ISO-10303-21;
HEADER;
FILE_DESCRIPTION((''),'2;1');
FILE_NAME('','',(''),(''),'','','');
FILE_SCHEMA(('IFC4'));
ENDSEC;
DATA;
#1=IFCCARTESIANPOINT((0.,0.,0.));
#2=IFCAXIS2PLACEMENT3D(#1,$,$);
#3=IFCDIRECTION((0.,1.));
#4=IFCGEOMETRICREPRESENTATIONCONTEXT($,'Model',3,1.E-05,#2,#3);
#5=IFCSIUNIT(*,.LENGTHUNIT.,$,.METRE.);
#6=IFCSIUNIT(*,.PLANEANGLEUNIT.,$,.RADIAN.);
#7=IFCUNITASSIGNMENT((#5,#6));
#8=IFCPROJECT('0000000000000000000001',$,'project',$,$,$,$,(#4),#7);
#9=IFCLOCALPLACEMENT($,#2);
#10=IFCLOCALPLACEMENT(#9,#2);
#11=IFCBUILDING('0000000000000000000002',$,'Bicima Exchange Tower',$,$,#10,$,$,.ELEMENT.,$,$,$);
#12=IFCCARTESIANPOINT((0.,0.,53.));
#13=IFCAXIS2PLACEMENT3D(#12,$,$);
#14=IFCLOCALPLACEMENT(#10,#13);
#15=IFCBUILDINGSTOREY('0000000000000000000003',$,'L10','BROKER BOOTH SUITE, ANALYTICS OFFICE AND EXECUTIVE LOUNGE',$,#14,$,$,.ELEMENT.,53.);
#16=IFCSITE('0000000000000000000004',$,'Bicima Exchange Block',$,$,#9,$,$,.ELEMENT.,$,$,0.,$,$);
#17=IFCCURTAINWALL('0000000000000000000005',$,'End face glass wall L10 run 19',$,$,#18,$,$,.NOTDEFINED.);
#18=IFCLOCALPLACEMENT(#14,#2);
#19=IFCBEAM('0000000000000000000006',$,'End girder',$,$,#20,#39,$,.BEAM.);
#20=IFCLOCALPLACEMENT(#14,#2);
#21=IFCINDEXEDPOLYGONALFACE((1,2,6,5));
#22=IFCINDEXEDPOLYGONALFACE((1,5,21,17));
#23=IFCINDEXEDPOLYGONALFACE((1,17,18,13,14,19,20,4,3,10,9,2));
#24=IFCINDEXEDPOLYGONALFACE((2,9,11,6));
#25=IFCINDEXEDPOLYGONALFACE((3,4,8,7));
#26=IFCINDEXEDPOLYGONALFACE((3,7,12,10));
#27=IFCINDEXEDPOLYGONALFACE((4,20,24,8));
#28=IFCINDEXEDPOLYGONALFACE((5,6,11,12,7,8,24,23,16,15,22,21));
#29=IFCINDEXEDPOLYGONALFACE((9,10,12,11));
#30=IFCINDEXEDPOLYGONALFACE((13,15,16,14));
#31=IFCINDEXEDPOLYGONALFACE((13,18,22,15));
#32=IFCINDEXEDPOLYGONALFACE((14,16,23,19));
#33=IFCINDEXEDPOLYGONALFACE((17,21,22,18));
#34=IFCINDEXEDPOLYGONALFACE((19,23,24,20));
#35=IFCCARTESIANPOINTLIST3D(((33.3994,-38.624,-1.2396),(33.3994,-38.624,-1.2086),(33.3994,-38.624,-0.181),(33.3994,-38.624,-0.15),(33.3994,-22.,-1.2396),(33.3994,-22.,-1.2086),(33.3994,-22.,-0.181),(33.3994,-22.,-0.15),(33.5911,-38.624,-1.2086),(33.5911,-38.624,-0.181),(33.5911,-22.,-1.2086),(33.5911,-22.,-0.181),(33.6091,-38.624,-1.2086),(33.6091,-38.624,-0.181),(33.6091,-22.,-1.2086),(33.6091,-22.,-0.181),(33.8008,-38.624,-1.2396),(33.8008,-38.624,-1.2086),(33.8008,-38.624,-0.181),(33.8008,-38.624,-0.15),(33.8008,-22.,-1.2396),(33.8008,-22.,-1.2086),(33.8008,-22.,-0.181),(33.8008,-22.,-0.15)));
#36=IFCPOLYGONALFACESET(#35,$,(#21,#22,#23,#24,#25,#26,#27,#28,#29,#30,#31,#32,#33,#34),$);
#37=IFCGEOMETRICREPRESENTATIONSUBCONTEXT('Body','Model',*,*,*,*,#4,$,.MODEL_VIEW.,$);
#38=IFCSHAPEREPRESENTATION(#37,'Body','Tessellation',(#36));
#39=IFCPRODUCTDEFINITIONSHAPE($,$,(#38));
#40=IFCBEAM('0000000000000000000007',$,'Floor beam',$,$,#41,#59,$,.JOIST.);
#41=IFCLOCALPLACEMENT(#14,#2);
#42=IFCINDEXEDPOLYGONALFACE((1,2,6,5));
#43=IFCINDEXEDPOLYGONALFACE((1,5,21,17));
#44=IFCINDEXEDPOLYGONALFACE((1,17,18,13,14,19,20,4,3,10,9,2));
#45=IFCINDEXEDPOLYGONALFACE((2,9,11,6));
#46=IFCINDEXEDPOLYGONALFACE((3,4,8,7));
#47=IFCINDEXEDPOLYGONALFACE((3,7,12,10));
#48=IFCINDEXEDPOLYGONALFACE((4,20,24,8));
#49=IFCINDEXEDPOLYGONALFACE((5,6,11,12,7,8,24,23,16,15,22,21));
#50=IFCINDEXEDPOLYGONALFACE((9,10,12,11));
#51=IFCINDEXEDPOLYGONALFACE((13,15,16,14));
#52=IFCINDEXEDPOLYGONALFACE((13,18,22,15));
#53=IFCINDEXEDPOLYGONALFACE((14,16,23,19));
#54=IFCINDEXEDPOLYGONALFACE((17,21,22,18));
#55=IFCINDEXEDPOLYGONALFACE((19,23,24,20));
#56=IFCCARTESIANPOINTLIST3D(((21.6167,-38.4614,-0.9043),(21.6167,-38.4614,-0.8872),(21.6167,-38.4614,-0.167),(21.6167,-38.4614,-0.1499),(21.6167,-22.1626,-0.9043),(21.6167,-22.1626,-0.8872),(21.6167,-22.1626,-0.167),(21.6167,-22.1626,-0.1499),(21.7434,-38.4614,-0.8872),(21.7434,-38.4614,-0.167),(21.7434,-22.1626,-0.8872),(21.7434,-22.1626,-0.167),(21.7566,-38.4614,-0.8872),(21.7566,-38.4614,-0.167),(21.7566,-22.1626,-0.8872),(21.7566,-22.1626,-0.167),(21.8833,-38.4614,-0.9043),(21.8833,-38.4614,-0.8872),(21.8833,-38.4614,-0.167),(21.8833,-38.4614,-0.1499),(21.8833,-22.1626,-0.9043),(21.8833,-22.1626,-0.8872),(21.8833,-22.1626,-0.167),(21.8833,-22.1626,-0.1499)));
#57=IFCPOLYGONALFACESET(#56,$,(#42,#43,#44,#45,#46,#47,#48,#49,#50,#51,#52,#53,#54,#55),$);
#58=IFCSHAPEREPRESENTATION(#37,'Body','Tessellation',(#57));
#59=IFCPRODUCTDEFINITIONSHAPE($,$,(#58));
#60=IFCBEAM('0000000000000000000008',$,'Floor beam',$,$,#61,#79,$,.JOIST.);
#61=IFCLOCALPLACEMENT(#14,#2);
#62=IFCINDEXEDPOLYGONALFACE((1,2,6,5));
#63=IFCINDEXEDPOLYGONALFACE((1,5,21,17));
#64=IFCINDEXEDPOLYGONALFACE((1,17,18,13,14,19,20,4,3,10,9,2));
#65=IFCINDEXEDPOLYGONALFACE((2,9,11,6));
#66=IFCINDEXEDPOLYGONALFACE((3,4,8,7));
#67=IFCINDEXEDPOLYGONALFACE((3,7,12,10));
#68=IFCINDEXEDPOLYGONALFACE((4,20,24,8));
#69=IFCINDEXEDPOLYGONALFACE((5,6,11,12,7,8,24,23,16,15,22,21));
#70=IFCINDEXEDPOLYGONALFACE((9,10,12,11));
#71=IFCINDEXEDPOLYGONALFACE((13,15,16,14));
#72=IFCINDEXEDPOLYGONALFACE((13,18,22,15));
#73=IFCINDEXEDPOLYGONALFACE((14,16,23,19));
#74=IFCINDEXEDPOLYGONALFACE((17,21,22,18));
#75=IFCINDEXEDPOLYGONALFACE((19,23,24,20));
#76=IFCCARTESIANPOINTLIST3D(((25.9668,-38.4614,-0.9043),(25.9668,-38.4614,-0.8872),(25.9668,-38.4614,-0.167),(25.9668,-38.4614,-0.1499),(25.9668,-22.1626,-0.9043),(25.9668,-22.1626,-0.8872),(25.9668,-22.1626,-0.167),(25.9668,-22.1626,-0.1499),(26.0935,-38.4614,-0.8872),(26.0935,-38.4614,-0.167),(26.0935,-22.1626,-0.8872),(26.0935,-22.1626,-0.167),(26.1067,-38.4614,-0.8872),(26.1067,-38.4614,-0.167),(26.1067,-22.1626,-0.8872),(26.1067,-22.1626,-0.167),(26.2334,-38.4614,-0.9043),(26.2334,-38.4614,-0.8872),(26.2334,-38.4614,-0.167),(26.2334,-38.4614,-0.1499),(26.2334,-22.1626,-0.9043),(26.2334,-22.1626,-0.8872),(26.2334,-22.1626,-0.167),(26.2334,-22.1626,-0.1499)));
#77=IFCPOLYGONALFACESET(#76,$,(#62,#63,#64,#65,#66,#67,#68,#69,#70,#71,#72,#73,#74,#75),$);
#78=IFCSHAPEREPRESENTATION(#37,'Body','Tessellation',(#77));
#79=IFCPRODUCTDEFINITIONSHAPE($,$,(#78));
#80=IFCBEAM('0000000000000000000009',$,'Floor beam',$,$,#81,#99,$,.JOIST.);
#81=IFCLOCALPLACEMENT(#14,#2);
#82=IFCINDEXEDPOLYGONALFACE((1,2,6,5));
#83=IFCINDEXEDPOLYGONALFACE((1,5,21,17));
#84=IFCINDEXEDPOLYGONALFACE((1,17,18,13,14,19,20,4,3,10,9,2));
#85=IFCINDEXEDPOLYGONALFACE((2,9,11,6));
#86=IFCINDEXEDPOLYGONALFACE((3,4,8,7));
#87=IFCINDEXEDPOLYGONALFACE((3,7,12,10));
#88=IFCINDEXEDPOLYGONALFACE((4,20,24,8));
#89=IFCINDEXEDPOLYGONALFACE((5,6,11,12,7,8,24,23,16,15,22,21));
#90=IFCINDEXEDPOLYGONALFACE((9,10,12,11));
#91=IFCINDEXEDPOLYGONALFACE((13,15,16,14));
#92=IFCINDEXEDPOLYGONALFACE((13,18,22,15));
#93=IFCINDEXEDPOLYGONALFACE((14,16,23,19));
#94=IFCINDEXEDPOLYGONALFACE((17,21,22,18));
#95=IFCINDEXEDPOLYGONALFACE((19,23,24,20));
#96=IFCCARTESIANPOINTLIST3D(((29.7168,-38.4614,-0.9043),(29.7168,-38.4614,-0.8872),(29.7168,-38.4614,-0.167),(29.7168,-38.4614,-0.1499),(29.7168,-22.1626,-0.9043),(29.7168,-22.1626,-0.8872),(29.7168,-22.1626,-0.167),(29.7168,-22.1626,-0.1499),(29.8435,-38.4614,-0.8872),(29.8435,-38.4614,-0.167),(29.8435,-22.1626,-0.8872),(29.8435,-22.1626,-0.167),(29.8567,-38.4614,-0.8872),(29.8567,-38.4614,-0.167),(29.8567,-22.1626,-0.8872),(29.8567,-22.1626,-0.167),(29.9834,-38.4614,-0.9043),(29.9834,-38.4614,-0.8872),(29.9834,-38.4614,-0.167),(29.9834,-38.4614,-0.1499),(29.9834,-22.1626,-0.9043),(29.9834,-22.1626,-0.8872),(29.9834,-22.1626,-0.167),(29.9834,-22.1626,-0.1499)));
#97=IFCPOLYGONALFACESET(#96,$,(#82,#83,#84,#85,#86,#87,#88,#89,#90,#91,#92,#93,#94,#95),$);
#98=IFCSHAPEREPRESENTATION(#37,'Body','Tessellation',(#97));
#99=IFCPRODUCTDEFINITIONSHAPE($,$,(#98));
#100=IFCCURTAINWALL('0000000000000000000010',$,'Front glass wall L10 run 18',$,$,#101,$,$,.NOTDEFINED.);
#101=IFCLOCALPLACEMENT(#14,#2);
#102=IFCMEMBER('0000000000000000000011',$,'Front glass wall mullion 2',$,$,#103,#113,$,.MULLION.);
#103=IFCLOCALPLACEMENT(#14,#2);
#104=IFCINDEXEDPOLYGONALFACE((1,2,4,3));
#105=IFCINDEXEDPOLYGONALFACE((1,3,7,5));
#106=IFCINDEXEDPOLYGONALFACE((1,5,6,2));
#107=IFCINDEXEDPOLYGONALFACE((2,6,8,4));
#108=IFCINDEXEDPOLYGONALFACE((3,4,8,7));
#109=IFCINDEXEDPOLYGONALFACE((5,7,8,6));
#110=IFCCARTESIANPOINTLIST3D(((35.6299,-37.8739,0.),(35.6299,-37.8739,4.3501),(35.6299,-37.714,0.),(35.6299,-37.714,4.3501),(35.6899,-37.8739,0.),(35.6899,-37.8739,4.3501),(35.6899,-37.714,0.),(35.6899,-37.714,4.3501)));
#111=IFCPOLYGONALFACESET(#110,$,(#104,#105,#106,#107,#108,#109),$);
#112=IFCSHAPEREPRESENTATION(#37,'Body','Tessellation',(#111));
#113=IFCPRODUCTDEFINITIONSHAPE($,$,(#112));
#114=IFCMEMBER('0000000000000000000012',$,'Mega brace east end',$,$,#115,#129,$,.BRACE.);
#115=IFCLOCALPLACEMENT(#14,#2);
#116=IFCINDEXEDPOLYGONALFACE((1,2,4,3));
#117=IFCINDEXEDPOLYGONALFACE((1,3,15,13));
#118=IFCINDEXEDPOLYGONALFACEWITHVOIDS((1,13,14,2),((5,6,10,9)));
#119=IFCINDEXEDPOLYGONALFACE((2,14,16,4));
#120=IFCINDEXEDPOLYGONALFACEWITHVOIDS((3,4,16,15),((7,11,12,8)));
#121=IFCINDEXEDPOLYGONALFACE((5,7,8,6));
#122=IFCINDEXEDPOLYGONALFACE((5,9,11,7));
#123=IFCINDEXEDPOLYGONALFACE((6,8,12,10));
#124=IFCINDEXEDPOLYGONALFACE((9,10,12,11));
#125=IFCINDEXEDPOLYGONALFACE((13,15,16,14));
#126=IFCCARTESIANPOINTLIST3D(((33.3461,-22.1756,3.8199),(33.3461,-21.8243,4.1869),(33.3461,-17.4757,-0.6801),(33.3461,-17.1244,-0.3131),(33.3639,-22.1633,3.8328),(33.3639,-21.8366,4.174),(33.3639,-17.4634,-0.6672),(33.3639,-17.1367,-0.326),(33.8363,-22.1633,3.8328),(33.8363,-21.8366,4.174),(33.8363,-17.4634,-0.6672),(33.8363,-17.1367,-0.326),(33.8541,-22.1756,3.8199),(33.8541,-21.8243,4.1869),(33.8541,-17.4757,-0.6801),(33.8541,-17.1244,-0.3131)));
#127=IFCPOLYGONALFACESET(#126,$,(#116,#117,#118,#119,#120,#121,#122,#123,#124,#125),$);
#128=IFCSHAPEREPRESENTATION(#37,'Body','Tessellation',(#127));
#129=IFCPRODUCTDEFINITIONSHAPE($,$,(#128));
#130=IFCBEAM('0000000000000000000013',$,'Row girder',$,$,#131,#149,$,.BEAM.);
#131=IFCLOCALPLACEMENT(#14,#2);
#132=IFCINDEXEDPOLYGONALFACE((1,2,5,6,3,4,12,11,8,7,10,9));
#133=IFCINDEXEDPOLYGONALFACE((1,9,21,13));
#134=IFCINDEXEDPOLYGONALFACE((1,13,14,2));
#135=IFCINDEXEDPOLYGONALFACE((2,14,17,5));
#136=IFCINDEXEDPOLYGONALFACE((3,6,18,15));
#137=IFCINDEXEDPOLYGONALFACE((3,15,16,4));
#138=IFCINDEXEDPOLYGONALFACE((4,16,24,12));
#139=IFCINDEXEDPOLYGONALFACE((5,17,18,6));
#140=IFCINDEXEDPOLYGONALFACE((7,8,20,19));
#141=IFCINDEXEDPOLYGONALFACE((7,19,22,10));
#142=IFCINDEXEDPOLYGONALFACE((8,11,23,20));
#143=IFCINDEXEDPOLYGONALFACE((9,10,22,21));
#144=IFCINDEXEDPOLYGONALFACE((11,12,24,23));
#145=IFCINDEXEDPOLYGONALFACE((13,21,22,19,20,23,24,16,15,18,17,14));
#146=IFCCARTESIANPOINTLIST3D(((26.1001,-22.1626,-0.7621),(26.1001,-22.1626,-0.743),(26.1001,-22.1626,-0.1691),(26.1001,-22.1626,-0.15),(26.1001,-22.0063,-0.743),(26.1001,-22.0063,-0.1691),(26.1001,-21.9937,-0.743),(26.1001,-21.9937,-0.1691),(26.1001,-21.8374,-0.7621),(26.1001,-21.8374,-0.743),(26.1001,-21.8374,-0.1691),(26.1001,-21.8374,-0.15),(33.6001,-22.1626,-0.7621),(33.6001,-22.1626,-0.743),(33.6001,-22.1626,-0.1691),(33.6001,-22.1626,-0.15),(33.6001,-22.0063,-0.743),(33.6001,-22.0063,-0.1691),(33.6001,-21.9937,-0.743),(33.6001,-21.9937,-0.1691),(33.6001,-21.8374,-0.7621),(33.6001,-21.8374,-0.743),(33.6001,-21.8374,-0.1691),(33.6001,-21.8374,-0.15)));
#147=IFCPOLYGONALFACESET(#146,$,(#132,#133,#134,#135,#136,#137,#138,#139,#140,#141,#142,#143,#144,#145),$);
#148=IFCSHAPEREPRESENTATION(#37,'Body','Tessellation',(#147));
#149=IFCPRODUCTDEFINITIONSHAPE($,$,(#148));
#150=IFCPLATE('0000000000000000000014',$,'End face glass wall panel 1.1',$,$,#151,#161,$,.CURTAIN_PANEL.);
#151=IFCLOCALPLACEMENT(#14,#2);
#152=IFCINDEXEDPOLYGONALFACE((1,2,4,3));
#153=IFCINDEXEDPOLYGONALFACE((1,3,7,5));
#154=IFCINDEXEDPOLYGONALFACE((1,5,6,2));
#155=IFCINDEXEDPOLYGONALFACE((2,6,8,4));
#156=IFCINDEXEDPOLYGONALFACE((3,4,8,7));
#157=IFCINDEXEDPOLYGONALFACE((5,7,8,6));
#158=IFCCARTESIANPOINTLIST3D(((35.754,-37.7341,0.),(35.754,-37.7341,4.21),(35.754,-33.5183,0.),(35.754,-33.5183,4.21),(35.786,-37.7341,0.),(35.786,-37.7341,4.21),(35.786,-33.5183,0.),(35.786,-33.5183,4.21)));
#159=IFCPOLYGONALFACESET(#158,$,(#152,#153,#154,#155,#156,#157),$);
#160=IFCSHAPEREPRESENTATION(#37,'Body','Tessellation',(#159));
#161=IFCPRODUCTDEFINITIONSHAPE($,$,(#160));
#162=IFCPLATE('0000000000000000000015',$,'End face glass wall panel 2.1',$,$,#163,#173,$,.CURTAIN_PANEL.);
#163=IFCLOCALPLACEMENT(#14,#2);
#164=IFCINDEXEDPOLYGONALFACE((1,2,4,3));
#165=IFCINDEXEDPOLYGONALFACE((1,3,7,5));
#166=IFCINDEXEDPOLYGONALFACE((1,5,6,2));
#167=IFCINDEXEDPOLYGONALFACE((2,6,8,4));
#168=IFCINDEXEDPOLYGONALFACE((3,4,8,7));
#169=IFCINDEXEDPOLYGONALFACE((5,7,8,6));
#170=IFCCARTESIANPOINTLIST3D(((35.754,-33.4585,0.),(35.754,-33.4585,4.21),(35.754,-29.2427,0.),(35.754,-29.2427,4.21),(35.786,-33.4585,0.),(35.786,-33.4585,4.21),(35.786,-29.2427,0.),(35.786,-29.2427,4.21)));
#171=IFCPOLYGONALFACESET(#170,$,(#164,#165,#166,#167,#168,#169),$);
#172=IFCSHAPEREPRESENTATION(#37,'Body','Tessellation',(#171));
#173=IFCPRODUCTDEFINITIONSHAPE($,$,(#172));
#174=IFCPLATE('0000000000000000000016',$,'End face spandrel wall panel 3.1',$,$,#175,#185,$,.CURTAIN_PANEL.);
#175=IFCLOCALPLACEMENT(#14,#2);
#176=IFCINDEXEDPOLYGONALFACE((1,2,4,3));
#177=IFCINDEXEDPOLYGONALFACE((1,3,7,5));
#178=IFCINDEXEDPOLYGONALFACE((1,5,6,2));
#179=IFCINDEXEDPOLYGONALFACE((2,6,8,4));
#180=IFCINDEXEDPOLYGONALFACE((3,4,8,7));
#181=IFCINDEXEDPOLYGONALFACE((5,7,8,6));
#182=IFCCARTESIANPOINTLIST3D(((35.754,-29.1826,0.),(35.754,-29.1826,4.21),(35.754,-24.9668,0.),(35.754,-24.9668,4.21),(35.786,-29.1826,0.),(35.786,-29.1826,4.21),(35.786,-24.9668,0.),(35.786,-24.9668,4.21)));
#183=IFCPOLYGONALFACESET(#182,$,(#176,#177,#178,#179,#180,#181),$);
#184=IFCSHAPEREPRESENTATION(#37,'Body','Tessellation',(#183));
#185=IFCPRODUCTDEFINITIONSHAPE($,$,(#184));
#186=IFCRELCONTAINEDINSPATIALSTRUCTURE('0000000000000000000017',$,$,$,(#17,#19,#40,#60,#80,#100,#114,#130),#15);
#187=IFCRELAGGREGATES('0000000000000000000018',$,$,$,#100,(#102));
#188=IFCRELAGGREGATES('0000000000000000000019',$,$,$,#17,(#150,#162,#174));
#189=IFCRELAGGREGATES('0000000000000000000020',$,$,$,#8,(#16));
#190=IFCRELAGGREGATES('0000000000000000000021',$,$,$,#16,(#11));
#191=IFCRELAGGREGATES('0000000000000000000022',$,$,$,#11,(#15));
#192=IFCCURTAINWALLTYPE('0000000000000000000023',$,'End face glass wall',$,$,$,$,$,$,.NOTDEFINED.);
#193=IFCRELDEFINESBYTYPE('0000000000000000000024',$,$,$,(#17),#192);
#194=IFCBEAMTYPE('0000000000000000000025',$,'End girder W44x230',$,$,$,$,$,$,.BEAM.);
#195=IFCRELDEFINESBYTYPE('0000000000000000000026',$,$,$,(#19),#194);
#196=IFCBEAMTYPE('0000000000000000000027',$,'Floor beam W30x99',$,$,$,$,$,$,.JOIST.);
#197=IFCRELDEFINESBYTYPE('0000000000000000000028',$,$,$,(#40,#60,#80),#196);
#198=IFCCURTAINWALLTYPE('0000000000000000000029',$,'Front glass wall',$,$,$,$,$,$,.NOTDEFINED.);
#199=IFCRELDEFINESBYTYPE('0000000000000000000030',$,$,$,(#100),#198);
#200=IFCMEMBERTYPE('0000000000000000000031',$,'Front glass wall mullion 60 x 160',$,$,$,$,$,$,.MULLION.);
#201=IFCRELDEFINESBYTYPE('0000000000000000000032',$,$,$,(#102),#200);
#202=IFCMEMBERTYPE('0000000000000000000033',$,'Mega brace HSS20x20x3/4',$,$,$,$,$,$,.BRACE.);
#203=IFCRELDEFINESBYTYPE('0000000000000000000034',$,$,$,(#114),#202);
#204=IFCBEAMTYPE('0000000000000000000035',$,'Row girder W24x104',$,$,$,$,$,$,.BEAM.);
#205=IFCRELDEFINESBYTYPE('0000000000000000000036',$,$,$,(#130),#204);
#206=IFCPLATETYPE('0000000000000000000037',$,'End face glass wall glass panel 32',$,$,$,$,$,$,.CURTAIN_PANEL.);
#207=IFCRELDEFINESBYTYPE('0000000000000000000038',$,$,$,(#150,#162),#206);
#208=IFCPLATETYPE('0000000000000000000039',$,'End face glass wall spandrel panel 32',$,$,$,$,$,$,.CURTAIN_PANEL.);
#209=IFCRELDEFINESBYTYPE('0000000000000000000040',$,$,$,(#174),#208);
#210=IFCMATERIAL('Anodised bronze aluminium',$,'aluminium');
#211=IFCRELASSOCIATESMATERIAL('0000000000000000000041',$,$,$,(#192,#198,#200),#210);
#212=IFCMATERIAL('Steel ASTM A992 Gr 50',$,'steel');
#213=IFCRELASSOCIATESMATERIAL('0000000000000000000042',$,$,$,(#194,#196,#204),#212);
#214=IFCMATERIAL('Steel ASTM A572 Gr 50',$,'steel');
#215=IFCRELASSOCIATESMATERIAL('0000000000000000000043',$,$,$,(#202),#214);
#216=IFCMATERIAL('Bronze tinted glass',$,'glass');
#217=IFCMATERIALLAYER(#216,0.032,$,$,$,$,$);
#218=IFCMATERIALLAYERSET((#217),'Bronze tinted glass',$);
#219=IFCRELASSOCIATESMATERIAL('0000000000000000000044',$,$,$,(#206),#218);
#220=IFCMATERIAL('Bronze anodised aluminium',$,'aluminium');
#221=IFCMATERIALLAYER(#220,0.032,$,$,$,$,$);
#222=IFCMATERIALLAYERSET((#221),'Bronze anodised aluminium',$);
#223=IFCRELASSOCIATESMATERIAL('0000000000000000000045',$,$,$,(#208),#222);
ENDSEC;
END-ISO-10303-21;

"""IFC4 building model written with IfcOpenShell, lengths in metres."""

from ifc_helpers import new_model, si_unit, direction, frame, origin, origin_2d, place, context, subcontext, project, spatial, rectangle, hollow_rectangle, i_section, extrude, material, layer, layer_set, material_profile, profile_set, type_object, element, aggregate, save


model = new_model("IFC4")

# Units and contexts
model_context = context("Model", 3, precision=1e-05, world=origin(), true_north=direction((0.0, 1.0)))
body_context = subcontext(model_context, "Body", "Model", "MODEL_VIEW")
ifc_project = project(units=[si_unit("LENGTHUNIT", "METRE"), si_unit("PLANEANGLEUNIT", "RADIAN")], contexts=[model_context])

# Site, building, storey
site_placement = place(None, origin())
site = spatial("IfcSite", under=ifc_project, at=site_placement, Name="Bicima Exchange Block", CompositionType="ELEMENT", RefElevation=0.0)
building_placement = place(site_placement, origin())
building = spatial("IfcBuilding", under=site, at=building_placement, Name="Bicima Exchange Tower", CompositionType="ELEMENT")
storey_placement = place(building_placement, frame((0.0, 0.0, 53.0)))
storey = spatial("IfcBuildingStorey", under=building, at=storey_placement, Name="L10", Description="BROKER BOOTH SUITE, ANALYTICS OFFICE AND EXECUTIVE LOUNGE", CompositionType="ELEMENT", Elevation=53.0)

# Shared definitions
ifc_material_1 = material(Name="Steel ASTM A992 Gr 50", Category="steel")

# Curtain wall
ifc_material_2 = material(Name="Anodised bronze aluminium", Category="aluminium")
curtain_wall_type_1 = type_object("IfcCurtainWallType", Name="End face glass wall", PredefinedType="NOTDEFINED", material=ifc_material_2)
curtain_wall_1_placement = place(storey_placement, origin())
curtain_wall_1 = element("IfcCurtainWall", 1, at=curtain_wall_1_placement, inside=storey, type_object=curtain_wall_type_1, Name="End face glass wall L10 run 19", PredefinedType="NOTDEFINED")
ifc_material_profile_1 = material_profile(ifc_material_2, rectangle(XDim=0.1599, YDim=0.0601, at=origin_2d()))
ifc_profile_set_1 = profile_set([ifc_material_profile_1], Name="Anodised bronze aluminium")

# Beams
ifc_material_profile_2 = material_profile(ifc_material_1, i_section(OverallWidth=0.4014, OverallDepth=1.0896, WebThickness=0.0181, FlangeThickness=0.031, at=origin_2d()))
ifc_profile_set_2 = profile_set([ifc_material_profile_2], Name="Steel ASTM A992 Gr 50")
beam_type_1 = type_object("IfcBeamType", Name="End girder W44x230", PredefinedType="BEAM", material=ifc_profile_set_2)
beam_1_placement = place(storey_placement, frame((33.6001, -22.0, -0.6948), z_axis=(0.0, -1.0, 0.0), x_axis=(1.0, 0.0, 0.0)))
element("IfcBeam", 2, at=beam_1_placement, inside=storey, type_object=beam_type_1, Name="End girder", PredefinedType="BEAM", context=body_context, shape_type="SweptSolid", body=[
    extrude(i_section(OverallWidth=0.4014, OverallDepth=1.0896, WebThickness=0.0181, FlangeThickness=0.031, at=origin_2d()), origin(), (0.0, 0.0, 1.0), 16.624),
])
ifc_material_profile_3 = material_profile(ifc_material_1, i_section(OverallWidth=0.2666, OverallDepth=0.7544, WebThickness=0.0132, FlangeThickness=0.0171, at=origin_2d()))
ifc_profile_set_3 = profile_set([ifc_material_profile_3], Name="Steel ASTM A992 Gr 50")
beam_type_2 = type_object("IfcBeamType", Name="Floor beam W30x99", PredefinedType="JOIST", material=ifc_profile_set_3)
for number, where, z_axis, x_axis, name in (
    (3, (21.75, -22.1626, -0.5271), (0.0, -1.0, 0.0), (1.0, 0.0, 0.0), "Floor beam"),
    (4, (26.1001, -22.1626, -0.5271), (0.0, -1.0, 0.0), (1.0, 0.0, 0.0), "Floor beam"),
    (5, (29.8501, -22.1626, -0.5271), (0.0, -1.0, 0.0), (1.0, 0.0, 0.0), "Floor beam"),
):
    element("IfcBeam", number, at=place(storey_placement, frame(where, z_axis=z_axis, x_axis=x_axis)), inside=storey, type_object=beam_type_2, Name=name, PredefinedType="JOIST", context=body_context, shape_type="SweptSolid", body=[
        extrude(i_section(OverallWidth=0.2666, OverallDepth=0.7544, WebThickness=0.0132, FlangeThickness=0.0171, at=origin_2d()), origin(), (0.0, 0.0, 1.0), 16.2988),
    ])

# Curtain wall, member
curtain_wall_type_2 = type_object("IfcCurtainWallType", Name="Front glass wall", PredefinedType="NOTDEFINED", material=ifc_material_2)
curtain_wall_2_placement = place(storey_placement, origin())
curtain_wall_2 = element("IfcCurtainWall", 6, at=curtain_wall_2_placement, inside=storey, type_object=curtain_wall_type_2, Name="Front glass wall L10 run 18", PredefinedType="NOTDEFINED")
member_type_1 = type_object("IfcMemberType", Name="Front glass wall mullion 60 x 160", PredefinedType="MULLION", material=ifc_profile_set_1)
member_1_placement = place(storey_placement, frame((35.6599, -37.7939, 0.0), z_axis=(0.0, 0.0, 1.0), x_axis=(0.0, 1.0, 0.0)))
member_1 = element("IfcMember", 7, at=member_1_placement, type_object=member_type_1, Name="Front glass wall mullion 2", PredefinedType="MULLION", context=body_context, shape_type="SweptSolid", body=[
    extrude(rectangle(XDim=0.1599, YDim=0.0601, at=origin_2d()), origin(), (0.0, 0.0, 1.0), 4.3501),
])
aggregate(curtain_wall_2, [member_1])

# Member
ifc_material_3 = material(Name="Steel ASTM A572 Gr 50", Category="steel")
ifc_material_profile_4 = material_profile(ifc_material_3, hollow_rectangle(XDim=0.5081, YDim=0.5081, WallThickness=0.0178, at=origin_2d()))
ifc_profile_set_4 = profile_set([ifc_material_profile_4], Name="Steel ASTM A572 Gr 50")
member_type_2 = type_object("IfcMemberType", Name="Mega brace HSS20x20x3/4", PredefinedType="BRACE", material=ifc_profile_set_4)
member_2_placement = place(storey_placement, frame((33.6001, -17.3, -0.4966), z_axis=(0.0, -0.722304, 0.691575), x_axis=(1.0, 0.0, 0.0)))
element("IfcMember", 8, at=member_2_placement, inside=storey, type_object=member_type_2, Name="Mega brace east end", PredefinedType="BRACE", context=body_context, shape_type="SweptSolid", body=[
    extrude(hollow_rectangle(XDim=0.5081, YDim=0.5081, WallThickness=0.0178, at=origin_2d()), origin(), (0.0, 0.0, 1.0), 6.5068),
])

# Beam
ifc_material_profile_5 = material_profile(ifc_material_1, i_section(OverallWidth=0.3252, OverallDepth=0.6121, WebThickness=0.0127, FlangeThickness=0.019, at=origin_2d()))
ifc_profile_set_5 = profile_set([ifc_material_profile_5], Name="Steel ASTM A992 Gr 50")
beam_type_3 = type_object("IfcBeamType", Name="Row girder W24x104", PredefinedType="BEAM", material=ifc_profile_set_5)
beam_2_placement = place(storey_placement, frame((26.1001, -22.0, -0.4561), z_axis=(1.0, 0.0, 0.0), x_axis=(0.0, 1.0, 0.0)))
element("IfcBeam", 9, at=beam_2_placement, inside=storey, type_object=beam_type_3, Name="Row girder", PredefinedType="BEAM", context=body_context, shape_type="SweptSolid", body=[
    extrude(i_section(OverallWidth=0.3252, OverallDepth=0.6121, WebThickness=0.0127, FlangeThickness=0.019, at=origin_2d()), origin(), (0.0, 0.0, 1.0), 7.5),
])

# Plates
ifc_material_4 = material(Name="Bronze tinted glass", Category="glass")
ifc_layer_1 = layer(ifc_material_4, 0.032)
ifc_layer_set_1 = layer_set([ifc_layer_1], Name="Bronze tinted glass")
plate_type_1 = type_object("IfcPlateType", Name="End face glass wall glass panel 32", PredefinedType="CURTAIN_PANEL", material=ifc_layer_set_1)
plate_1_placement = place(storey_placement, frame((35.77, -35.6262, 0.0), z_axis=(0.0, 0.0, 1.0), x_axis=(0.0, 1.0, 0.0)))
plate_1 = element("IfcPlate", 10, at=plate_1_placement, type_object=plate_type_1, Name="End face glass wall panel 1.1", PredefinedType="CURTAIN_PANEL", context=body_context, shape_type="SweptSolid", body=[
    extrude(rectangle(XDim=4.2158, YDim=0.032, at=origin_2d()), origin(), (0.0, 0.0, 1.0), 4.21),
])
plate_2_placement = place(storey_placement, frame((35.77, -31.3506, 0.0), z_axis=(0.0, 0.0, 1.0), x_axis=(0.0, 1.0, 0.0)))
plate_2 = element("IfcPlate", 11, at=plate_2_placement, type_object=plate_type_1, Name="End face glass wall panel 2.1", PredefinedType="CURTAIN_PANEL", context=body_context, shape_type="SweptSolid", body=[
    extrude(rectangle(XDim=4.2158, YDim=0.032, at=origin_2d()), origin(), (0.0, 0.0, 1.0), 4.21),
])
ifc_material_5 = material(Name="Bronze anodised aluminium", Category="aluminium")
ifc_layer_2 = layer(ifc_material_5, 0.032)
ifc_layer_set_2 = layer_set([ifc_layer_2], Name="Bronze anodised aluminium")
plate_type_2 = type_object("IfcPlateType", Name="End face glass wall spandrel panel 32", PredefinedType="CURTAIN_PANEL", material=ifc_layer_set_2)
plate_3_placement = place(storey_placement, frame((35.77, -27.0747, 0.0), z_axis=(0.0, 0.0, 1.0), x_axis=(0.0, 1.0, 0.0)))
plate_3 = element("IfcPlate", 12, at=plate_3_placement, type_object=plate_type_2, Name="End face spandrel wall panel 3.1", PredefinedType="CURTAIN_PANEL", context=body_context, shape_type="SweptSolid", body=[
    extrude(rectangle(XDim=4.2158, YDim=0.032, at=origin_2d()), origin(), (0.0, 0.0, 1.0), 4.21),
])
aggregate(curtain_wall_1, [plate_1, plate_2, plate_3])

save(model, "model.ifc")
